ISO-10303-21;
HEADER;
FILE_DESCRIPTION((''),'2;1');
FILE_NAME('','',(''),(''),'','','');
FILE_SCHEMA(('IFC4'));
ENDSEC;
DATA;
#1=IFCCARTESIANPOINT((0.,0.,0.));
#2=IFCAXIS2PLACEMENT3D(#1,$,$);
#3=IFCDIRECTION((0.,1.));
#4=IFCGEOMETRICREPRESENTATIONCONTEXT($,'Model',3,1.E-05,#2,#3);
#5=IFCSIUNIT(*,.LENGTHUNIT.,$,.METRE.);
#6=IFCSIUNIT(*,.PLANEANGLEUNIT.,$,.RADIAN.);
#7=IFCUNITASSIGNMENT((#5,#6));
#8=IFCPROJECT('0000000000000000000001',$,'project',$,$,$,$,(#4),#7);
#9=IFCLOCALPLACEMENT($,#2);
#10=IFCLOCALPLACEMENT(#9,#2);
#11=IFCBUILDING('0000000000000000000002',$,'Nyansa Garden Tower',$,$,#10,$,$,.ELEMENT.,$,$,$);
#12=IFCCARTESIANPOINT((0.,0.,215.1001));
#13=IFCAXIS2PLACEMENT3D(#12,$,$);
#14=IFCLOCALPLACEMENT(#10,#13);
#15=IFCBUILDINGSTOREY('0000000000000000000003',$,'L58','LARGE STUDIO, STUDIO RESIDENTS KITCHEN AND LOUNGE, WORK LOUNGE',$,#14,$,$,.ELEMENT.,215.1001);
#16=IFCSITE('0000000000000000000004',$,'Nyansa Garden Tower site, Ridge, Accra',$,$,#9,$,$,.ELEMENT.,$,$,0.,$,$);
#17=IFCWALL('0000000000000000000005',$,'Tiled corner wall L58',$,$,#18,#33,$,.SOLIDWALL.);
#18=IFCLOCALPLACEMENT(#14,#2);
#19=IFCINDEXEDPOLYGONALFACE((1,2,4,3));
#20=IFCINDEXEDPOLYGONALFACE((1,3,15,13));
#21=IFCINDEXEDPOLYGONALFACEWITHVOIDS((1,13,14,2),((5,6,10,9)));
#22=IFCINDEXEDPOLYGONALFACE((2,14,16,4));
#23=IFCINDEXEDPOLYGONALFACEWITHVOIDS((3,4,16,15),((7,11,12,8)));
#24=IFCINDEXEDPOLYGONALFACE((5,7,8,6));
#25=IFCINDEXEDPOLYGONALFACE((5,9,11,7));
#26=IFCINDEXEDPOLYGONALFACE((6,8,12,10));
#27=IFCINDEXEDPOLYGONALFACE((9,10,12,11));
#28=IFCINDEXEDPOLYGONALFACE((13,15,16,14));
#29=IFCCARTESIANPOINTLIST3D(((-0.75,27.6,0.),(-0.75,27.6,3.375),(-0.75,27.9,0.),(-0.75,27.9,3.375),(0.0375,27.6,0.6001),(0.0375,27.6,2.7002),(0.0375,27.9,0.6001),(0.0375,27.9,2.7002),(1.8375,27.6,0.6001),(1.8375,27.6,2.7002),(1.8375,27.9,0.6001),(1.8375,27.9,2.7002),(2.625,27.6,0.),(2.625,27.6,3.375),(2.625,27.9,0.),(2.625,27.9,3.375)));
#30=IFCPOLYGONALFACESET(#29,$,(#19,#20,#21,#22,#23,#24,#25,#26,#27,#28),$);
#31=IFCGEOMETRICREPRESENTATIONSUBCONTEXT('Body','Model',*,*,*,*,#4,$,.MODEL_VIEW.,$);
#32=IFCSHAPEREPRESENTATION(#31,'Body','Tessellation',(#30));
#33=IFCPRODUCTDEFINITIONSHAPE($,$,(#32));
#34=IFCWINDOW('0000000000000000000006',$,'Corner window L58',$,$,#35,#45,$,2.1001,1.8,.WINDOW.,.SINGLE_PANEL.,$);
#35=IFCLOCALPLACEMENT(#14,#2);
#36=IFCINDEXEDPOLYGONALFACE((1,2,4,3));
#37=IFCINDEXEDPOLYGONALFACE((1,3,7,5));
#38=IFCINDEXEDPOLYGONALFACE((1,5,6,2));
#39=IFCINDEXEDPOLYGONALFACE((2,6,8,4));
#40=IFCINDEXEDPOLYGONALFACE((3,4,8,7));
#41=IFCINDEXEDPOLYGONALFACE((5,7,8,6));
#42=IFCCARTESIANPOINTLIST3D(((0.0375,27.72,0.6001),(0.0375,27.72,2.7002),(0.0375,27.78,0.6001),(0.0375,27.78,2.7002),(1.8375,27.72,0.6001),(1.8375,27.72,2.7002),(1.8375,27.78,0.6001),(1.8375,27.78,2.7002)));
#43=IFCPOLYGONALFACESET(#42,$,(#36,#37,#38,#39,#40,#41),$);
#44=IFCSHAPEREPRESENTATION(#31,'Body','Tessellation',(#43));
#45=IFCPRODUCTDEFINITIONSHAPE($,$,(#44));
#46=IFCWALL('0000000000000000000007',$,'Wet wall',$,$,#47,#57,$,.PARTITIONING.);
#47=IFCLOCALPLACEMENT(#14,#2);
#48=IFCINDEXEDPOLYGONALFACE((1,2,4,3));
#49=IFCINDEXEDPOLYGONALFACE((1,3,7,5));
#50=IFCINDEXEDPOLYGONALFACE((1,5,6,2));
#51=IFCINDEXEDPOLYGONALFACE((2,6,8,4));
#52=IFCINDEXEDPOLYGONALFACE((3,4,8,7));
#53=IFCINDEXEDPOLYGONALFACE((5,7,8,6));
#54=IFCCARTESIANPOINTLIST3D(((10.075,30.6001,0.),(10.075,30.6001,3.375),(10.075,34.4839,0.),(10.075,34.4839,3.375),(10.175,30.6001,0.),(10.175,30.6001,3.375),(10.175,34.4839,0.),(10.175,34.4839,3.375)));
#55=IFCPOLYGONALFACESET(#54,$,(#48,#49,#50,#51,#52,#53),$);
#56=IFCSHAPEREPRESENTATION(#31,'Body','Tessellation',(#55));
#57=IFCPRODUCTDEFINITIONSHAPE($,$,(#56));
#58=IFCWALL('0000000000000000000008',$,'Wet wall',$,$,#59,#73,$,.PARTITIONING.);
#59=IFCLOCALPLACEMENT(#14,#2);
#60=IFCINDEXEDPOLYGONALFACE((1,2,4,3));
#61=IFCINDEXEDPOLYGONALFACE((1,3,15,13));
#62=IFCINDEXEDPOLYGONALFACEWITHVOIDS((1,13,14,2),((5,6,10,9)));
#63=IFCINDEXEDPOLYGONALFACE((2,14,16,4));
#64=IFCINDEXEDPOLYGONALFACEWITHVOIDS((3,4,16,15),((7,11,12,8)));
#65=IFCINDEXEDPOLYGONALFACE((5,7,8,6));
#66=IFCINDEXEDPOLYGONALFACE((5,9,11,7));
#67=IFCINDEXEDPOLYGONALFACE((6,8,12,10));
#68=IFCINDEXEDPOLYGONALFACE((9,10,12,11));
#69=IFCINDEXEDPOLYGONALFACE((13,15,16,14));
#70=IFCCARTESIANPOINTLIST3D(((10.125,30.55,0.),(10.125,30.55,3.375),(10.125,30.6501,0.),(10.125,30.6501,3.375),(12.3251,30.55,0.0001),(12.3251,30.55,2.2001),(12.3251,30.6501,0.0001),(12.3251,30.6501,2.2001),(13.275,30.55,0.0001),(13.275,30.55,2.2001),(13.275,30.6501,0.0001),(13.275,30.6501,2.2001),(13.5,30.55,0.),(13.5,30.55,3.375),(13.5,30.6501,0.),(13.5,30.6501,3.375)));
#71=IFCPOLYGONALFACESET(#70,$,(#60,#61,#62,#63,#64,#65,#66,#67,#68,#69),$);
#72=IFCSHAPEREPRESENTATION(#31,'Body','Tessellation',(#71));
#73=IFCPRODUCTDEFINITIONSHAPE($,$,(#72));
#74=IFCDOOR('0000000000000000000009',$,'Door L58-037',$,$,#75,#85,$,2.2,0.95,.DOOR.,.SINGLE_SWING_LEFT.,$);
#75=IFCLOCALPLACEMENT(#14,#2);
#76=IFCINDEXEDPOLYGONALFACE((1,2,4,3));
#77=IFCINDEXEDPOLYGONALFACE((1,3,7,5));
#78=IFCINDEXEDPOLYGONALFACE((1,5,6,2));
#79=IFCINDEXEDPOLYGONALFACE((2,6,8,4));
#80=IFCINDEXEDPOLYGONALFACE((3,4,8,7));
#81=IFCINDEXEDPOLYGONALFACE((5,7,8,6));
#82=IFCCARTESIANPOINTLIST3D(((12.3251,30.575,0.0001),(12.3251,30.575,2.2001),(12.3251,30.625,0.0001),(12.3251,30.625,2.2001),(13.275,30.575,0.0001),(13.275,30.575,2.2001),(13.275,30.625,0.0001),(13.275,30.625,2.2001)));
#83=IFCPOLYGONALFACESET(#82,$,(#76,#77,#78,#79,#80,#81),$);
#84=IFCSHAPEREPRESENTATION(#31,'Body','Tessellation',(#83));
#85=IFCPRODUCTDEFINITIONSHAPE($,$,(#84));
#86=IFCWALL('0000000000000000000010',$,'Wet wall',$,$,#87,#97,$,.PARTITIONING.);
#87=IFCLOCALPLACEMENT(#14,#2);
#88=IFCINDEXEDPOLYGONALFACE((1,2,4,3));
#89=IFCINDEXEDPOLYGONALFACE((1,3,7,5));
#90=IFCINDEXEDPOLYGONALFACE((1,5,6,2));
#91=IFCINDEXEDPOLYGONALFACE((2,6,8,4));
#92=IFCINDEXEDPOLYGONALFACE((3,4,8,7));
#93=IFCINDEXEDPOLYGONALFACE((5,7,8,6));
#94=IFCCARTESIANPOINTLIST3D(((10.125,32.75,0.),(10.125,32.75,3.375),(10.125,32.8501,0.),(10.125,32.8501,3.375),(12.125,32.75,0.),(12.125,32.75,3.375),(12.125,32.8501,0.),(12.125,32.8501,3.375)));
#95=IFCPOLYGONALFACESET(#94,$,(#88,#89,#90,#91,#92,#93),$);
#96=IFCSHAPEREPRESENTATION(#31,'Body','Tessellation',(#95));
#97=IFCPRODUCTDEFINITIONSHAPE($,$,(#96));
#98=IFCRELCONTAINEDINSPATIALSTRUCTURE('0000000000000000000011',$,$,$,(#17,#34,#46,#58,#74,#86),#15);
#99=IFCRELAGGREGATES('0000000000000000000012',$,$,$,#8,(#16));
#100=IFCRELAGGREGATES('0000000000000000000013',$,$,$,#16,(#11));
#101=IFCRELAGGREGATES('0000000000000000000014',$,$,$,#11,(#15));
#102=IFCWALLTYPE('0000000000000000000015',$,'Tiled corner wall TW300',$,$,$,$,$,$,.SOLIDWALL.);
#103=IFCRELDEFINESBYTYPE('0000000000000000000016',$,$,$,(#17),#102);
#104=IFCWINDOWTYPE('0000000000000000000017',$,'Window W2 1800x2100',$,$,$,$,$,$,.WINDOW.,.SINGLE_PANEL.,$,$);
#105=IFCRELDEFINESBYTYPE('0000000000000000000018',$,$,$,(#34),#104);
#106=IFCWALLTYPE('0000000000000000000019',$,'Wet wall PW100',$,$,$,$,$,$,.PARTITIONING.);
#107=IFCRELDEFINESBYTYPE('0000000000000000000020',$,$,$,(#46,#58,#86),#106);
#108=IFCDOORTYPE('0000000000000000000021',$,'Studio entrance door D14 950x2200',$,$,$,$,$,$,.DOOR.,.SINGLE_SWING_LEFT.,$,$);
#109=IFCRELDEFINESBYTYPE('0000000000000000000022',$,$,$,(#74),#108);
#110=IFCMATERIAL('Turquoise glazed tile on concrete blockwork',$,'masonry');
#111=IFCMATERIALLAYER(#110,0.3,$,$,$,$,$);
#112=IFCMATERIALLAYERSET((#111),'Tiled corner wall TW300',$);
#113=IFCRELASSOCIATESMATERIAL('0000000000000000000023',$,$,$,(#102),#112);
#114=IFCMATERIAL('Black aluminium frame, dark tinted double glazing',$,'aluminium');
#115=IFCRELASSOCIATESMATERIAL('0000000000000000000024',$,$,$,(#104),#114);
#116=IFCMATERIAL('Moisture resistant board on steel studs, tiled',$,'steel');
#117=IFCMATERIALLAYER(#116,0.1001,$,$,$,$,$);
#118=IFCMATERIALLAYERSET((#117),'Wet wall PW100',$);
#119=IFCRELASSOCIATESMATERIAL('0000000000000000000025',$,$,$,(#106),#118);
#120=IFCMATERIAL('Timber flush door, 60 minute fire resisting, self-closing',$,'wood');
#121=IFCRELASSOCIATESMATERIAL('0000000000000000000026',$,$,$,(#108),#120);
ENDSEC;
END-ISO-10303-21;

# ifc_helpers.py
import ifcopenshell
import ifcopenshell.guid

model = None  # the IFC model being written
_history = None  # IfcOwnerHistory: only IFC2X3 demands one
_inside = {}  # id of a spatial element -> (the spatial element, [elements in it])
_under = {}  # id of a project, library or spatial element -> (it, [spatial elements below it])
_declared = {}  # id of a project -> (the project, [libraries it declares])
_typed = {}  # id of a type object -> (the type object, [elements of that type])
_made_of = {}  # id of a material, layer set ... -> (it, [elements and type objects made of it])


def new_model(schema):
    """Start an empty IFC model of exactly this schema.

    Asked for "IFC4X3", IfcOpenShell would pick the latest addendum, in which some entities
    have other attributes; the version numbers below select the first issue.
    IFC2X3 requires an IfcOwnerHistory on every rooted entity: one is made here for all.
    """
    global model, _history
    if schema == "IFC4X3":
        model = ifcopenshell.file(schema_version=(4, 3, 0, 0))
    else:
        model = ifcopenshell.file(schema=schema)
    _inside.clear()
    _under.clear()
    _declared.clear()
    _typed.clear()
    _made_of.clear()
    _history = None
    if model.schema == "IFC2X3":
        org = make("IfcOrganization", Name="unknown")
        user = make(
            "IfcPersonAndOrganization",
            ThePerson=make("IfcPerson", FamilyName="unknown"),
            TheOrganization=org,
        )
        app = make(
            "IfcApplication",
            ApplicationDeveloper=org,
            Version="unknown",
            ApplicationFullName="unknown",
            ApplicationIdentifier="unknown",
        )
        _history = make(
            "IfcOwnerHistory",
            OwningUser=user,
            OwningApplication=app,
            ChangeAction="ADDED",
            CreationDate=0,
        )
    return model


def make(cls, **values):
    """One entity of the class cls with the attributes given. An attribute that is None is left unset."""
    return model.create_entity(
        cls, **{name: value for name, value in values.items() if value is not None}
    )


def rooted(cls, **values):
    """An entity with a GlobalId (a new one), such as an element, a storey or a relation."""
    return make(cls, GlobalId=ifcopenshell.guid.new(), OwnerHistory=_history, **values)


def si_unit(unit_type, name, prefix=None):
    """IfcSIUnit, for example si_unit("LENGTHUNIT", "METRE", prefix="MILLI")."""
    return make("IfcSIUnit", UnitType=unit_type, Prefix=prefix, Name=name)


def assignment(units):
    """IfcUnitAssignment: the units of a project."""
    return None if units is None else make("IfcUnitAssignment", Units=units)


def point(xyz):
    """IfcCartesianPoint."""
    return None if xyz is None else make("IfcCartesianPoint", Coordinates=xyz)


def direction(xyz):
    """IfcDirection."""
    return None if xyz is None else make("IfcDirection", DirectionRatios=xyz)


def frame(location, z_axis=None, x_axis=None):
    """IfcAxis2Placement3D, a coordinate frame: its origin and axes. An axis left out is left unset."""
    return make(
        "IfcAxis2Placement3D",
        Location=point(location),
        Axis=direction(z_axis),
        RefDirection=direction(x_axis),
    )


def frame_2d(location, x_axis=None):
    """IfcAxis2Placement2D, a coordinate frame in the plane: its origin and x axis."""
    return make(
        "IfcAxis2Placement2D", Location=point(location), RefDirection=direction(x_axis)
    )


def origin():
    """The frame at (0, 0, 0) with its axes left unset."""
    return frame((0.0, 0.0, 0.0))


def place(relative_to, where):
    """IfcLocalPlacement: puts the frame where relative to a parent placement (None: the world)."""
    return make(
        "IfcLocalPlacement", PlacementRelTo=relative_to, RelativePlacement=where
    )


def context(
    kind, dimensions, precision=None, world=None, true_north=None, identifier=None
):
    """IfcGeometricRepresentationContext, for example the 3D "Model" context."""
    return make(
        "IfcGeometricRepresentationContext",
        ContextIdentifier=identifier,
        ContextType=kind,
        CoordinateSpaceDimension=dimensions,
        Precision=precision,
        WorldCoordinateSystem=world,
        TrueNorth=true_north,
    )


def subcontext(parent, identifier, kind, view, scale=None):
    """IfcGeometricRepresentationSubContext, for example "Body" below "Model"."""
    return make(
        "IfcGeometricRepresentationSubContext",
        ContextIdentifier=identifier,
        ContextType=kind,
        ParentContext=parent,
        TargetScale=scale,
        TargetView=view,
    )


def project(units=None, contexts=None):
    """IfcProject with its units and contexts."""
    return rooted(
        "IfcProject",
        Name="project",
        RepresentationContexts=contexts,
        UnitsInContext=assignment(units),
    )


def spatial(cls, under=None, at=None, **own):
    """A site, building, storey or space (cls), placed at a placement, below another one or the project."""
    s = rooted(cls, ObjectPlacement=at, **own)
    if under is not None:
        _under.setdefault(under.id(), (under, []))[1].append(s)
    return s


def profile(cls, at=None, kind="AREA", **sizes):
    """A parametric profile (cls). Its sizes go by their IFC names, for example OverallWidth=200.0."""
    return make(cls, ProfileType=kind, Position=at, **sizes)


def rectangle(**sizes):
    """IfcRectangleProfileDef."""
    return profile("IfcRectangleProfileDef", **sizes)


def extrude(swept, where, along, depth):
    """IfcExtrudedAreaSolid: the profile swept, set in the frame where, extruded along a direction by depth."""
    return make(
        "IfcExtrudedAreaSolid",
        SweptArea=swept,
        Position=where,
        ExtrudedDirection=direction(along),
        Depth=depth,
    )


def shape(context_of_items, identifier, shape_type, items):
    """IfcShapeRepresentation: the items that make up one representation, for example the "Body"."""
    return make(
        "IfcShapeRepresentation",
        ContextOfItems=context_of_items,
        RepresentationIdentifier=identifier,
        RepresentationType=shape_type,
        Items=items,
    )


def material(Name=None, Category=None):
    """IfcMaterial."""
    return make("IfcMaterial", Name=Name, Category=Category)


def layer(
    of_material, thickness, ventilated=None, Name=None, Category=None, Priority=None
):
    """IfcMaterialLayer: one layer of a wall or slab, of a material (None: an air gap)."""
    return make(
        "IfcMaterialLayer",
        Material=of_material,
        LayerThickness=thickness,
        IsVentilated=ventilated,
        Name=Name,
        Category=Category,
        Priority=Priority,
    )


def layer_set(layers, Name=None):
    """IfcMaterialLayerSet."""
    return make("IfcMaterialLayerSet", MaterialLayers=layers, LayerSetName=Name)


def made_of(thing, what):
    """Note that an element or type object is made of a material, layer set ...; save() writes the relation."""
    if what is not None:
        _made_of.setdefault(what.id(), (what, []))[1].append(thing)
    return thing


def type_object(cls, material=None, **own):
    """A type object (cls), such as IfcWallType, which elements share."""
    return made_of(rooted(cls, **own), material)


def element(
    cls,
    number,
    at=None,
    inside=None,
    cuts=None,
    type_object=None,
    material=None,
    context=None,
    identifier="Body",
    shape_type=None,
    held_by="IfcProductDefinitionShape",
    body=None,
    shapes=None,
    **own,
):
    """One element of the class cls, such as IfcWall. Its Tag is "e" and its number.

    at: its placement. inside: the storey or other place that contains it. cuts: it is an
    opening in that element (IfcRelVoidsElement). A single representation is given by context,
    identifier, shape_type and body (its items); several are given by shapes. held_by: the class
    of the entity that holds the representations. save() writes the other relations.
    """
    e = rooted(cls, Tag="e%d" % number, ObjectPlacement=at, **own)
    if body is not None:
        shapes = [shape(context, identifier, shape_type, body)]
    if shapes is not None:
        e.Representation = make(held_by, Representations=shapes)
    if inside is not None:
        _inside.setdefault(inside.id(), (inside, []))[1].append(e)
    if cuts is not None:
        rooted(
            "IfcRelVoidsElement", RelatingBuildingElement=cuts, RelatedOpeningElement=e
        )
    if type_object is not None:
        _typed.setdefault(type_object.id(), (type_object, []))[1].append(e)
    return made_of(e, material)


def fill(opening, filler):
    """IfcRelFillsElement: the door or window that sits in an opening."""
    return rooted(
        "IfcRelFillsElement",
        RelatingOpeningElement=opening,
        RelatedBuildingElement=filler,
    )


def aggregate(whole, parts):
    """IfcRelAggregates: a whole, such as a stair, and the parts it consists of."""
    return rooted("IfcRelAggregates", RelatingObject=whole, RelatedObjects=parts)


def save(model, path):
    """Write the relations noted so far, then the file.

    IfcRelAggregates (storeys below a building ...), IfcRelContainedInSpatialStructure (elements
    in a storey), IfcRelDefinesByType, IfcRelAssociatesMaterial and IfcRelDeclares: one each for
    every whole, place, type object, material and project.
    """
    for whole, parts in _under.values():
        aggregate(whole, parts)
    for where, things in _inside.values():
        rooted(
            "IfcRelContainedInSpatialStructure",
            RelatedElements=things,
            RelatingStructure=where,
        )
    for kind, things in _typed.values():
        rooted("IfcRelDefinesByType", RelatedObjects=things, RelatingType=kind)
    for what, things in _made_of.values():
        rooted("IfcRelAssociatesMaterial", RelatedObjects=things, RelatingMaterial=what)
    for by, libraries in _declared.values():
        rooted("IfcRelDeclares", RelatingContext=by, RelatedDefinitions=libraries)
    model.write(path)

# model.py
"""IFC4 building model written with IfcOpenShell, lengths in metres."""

from ifc_helpers import new_model, si_unit, direction, frame, frame_2d, origin, place, context, subcontext, project, spatial, rectangle, extrude, material, layer, layer_set, type_object, element, fill, save


model = new_model("IFC4")

# Units and contexts
model_context = context("Model", 3, precision=1e-05, world=origin(), true_north=direction((0.0, 1.0)))
body_context = subcontext(model_context, "Body", "Model", "MODEL_VIEW")
ifc_project = project(units=[si_unit("LENGTHUNIT", "METRE"), si_unit("PLANEANGLEUNIT", "RADIAN")], contexts=[model_context])

# Site, building, storey
site_placement = place(None, origin())
site = spatial("IfcSite", under=ifc_project, at=site_placement, Name="Nyansa Garden Tower site, Ridge, Accra", CompositionType="ELEMENT", RefElevation=0.0)
building_placement = place(site_placement, origin())
building = spatial("IfcBuilding", under=site, at=building_placement, Name="Nyansa Garden Tower", CompositionType="ELEMENT")
storey_placement = place(building_placement, frame((0.0, 0.0, 215.1001)))
storey = spatial("IfcBuildingStorey", under=building, at=storey_placement, Name="L58", Description="LARGE STUDIO, STUDIO RESIDENTS KITCHEN AND LOUNGE, WORK LOUNGE", CompositionType="ELEMENT", Elevation=215.1001)

# Wall, opening, window
ifc_material_1 = material(Name="Turquoise glazed tile on concrete blockwork", Category="masonry")
ifc_layer_1 = layer(ifc_material_1, 0.3)
ifc_layer_set_1 = layer_set([ifc_layer_1], Name="Tiled corner wall TW300")
wall_type_1 = type_object("IfcWallType", Name="Tiled corner wall TW300", PredefinedType="SOLIDWALL", material=ifc_layer_set_1)
ifc_material_2 = material(Name="Black aluminium frame, dark tinted double glazing", Category="aluminium")
window_type = type_object("IfcWindowType", Name="Window W2 1800x2100", PartitioningType="SINGLE_PANEL", PredefinedType="WINDOW", material=ifc_material_2)
wall_1_placement = place(storey_placement, frame((2.625, 27.75, 0.0), z_axis=(0.0, 0.0, 1.0), x_axis=(-1.0, 0.0, 0.0)))
wall_1 = element("IfcWall", 1, at=wall_1_placement, inside=storey, type_object=wall_type_1, Name="Tiled corner wall L58", PredefinedType="SOLIDWALL", context=body_context, shape_type="SweptSolid", body=[
    extrude(rectangle(XDim=3.375, YDim=0.3, at=frame_2d((1.6875, 0.0))), origin(), (0.0, 0.0, 1.0), 3.375),
])
opening_1_placement = place(wall_1_placement, frame((0.7876, 0.0, 0.6001)))
opening_1 = element("IfcOpeningElement", 2, at=opening_1_placement, cuts=wall_1, PredefinedType="OPENING", context=body_context, shape_type="SweptSolid", body=[
    extrude(rectangle(XDim=1.8, YDim=2.1001, at=frame_2d((0.8999, 1.05))), frame((0.0, 0.1599, 0.0), z_axis=(0.0, -1.0, 0.0), x_axis=(1.0, 0.0, 0.0)), (0.0, 0.0, 1.0), 0.3201),
])
window_1_placement = place(opening_1_placement, origin())
window_1 = element("IfcWindow", 3, at=window_1_placement, inside=storey, type_object=window_type, Name="Corner window L58", OverallHeight=2.1001, OverallWidth=1.8, PartitioningType="SINGLE_PANEL", PredefinedType="WINDOW", context=body_context, shape_type="SweptSolid", body=[
    extrude(rectangle(XDim=1.8, YDim=2.1001, at=frame_2d((0.8999, 1.05))), frame((0.0, 0.03, 0.0), z_axis=(0.0, -1.0, 0.0), x_axis=(1.0, 0.0, 0.0)), (0.0, 0.0, 1.0), 0.0601),
])
fill(opening_1, window_1)

# Wall
ifc_material_3 = material(Name="Moisture resistant board on steel studs, tiled", Category="steel")
ifc_layer_2 = layer(ifc_material_3, 0.1001)
ifc_layer_set_2 = layer_set([ifc_layer_2], Name="Wet wall PW100")
wall_type_2 = type_object("IfcWallType", Name="Wet wall PW100", PredefinedType="PARTITIONING", material=ifc_layer_set_2)
wall_2_placement = place(storey_placement, frame((10.125, 30.6001, 0.0), z_axis=(0.0, 0.0, 1.0), x_axis=(0.0, 1.0, 0.0)))
element("IfcWall", 4, at=wall_2_placement, inside=storey, type_object=wall_type_2, Name="Wet wall", PredefinedType="PARTITIONING", context=body_context, shape_type="SweptSolid", body=[
    extrude(rectangle(XDim=3.8838, YDim=0.1001, at=frame_2d((1.9419, 0.0))), origin(), (0.0, 0.0, 1.0), 3.375),
])

# Wall, opening, door
wall_3_placement = place(storey_placement, frame((10.125, 30.6001, 0.0), z_axis=(0.0, 0.0, 1.0), x_axis=(1.0, 0.0, 0.0)))
wall_3 = element("IfcWall", 5, at=wall_3_placement, inside=storey, type_object=wall_type_2, Name="Wet wall", PredefinedType="PARTITIONING", context=body_context, shape_type="SweptSolid", body=[
    extrude(rectangle(XDim=3.375, YDim=0.1001, at=frame_2d((1.6875, 0.0))), origin(), (0.0, 0.0, 1.0), 3.375),
])
opening_2_placement = place(wall_3_placement, frame((2.2, 0.0, 0.0)))
opening_2 = element("IfcOpeningElement", 6, at=opening_2_placement, cuts=wall_3, PredefinedType="OPENING", context=body_context, shape_type="SweptSolid", body=[
    extrude(rectangle(XDim=0.95, YDim=2.2, at=frame_2d((0.4751, 1.1001))), frame((0.0, 0.0601, 0.0), z_axis=(0.0, -1.0, 0.0), x_axis=(1.0, 0.0, 0.0)), (0.0, 0.0, 1.0), 0.1201),
])
ifc_material_4 = material(Name="Timber flush door, 60 minute fire resisting, self-closing", Category="wood")
door_type = type_object("IfcDoorType", Name="Studio entrance door D14 950x2200", OperationType="SINGLE_SWING_LEFT", PredefinedType="DOOR", material=ifc_material_4)
door_placement = place(opening_2_placement, origin())
door = element("IfcDoor", 7, at=door_placement, inside=storey, type_object=door_type, Name="Door L58-037", OperationType="SINGLE_SWING_LEFT", OverallHeight=2.2, OverallWidth=0.95, PredefinedType="DOOR", context=body_context, shape_type="SweptSolid", body=[
    extrude(rectangle(XDim=0.95, YDim=2.2, at=frame_2d((0.4751, 1.1001))), frame((0.0, 0.0249, 0.0), z_axis=(0.0, -1.0, 0.0), x_axis=(1.0, 0.0, 0.0)), (0.0, 0.0, 1.0), 0.05),
])
fill(opening_2, door)

# Wall
wall_4_placement = place(storey_placement, frame((10.125, 32.8, 0.0), z_axis=(0.0, 0.0, 1.0), x_axis=(1.0, 0.0, 0.0)))
element("IfcWall", 8, at=wall_4_placement, inside=storey, type_object=wall_type_2, Name="Wet wall", PredefinedType="PARTITIONING", context=body_context, shape_type="SweptSolid", body=[
    extrude(rectangle(XDim=2.0, YDim=0.1001, at=frame_2d((1.0, 0.0))), origin(), (0.0, 0.0, 1.0), 3.375),
])

save(model, "model.ifc")
